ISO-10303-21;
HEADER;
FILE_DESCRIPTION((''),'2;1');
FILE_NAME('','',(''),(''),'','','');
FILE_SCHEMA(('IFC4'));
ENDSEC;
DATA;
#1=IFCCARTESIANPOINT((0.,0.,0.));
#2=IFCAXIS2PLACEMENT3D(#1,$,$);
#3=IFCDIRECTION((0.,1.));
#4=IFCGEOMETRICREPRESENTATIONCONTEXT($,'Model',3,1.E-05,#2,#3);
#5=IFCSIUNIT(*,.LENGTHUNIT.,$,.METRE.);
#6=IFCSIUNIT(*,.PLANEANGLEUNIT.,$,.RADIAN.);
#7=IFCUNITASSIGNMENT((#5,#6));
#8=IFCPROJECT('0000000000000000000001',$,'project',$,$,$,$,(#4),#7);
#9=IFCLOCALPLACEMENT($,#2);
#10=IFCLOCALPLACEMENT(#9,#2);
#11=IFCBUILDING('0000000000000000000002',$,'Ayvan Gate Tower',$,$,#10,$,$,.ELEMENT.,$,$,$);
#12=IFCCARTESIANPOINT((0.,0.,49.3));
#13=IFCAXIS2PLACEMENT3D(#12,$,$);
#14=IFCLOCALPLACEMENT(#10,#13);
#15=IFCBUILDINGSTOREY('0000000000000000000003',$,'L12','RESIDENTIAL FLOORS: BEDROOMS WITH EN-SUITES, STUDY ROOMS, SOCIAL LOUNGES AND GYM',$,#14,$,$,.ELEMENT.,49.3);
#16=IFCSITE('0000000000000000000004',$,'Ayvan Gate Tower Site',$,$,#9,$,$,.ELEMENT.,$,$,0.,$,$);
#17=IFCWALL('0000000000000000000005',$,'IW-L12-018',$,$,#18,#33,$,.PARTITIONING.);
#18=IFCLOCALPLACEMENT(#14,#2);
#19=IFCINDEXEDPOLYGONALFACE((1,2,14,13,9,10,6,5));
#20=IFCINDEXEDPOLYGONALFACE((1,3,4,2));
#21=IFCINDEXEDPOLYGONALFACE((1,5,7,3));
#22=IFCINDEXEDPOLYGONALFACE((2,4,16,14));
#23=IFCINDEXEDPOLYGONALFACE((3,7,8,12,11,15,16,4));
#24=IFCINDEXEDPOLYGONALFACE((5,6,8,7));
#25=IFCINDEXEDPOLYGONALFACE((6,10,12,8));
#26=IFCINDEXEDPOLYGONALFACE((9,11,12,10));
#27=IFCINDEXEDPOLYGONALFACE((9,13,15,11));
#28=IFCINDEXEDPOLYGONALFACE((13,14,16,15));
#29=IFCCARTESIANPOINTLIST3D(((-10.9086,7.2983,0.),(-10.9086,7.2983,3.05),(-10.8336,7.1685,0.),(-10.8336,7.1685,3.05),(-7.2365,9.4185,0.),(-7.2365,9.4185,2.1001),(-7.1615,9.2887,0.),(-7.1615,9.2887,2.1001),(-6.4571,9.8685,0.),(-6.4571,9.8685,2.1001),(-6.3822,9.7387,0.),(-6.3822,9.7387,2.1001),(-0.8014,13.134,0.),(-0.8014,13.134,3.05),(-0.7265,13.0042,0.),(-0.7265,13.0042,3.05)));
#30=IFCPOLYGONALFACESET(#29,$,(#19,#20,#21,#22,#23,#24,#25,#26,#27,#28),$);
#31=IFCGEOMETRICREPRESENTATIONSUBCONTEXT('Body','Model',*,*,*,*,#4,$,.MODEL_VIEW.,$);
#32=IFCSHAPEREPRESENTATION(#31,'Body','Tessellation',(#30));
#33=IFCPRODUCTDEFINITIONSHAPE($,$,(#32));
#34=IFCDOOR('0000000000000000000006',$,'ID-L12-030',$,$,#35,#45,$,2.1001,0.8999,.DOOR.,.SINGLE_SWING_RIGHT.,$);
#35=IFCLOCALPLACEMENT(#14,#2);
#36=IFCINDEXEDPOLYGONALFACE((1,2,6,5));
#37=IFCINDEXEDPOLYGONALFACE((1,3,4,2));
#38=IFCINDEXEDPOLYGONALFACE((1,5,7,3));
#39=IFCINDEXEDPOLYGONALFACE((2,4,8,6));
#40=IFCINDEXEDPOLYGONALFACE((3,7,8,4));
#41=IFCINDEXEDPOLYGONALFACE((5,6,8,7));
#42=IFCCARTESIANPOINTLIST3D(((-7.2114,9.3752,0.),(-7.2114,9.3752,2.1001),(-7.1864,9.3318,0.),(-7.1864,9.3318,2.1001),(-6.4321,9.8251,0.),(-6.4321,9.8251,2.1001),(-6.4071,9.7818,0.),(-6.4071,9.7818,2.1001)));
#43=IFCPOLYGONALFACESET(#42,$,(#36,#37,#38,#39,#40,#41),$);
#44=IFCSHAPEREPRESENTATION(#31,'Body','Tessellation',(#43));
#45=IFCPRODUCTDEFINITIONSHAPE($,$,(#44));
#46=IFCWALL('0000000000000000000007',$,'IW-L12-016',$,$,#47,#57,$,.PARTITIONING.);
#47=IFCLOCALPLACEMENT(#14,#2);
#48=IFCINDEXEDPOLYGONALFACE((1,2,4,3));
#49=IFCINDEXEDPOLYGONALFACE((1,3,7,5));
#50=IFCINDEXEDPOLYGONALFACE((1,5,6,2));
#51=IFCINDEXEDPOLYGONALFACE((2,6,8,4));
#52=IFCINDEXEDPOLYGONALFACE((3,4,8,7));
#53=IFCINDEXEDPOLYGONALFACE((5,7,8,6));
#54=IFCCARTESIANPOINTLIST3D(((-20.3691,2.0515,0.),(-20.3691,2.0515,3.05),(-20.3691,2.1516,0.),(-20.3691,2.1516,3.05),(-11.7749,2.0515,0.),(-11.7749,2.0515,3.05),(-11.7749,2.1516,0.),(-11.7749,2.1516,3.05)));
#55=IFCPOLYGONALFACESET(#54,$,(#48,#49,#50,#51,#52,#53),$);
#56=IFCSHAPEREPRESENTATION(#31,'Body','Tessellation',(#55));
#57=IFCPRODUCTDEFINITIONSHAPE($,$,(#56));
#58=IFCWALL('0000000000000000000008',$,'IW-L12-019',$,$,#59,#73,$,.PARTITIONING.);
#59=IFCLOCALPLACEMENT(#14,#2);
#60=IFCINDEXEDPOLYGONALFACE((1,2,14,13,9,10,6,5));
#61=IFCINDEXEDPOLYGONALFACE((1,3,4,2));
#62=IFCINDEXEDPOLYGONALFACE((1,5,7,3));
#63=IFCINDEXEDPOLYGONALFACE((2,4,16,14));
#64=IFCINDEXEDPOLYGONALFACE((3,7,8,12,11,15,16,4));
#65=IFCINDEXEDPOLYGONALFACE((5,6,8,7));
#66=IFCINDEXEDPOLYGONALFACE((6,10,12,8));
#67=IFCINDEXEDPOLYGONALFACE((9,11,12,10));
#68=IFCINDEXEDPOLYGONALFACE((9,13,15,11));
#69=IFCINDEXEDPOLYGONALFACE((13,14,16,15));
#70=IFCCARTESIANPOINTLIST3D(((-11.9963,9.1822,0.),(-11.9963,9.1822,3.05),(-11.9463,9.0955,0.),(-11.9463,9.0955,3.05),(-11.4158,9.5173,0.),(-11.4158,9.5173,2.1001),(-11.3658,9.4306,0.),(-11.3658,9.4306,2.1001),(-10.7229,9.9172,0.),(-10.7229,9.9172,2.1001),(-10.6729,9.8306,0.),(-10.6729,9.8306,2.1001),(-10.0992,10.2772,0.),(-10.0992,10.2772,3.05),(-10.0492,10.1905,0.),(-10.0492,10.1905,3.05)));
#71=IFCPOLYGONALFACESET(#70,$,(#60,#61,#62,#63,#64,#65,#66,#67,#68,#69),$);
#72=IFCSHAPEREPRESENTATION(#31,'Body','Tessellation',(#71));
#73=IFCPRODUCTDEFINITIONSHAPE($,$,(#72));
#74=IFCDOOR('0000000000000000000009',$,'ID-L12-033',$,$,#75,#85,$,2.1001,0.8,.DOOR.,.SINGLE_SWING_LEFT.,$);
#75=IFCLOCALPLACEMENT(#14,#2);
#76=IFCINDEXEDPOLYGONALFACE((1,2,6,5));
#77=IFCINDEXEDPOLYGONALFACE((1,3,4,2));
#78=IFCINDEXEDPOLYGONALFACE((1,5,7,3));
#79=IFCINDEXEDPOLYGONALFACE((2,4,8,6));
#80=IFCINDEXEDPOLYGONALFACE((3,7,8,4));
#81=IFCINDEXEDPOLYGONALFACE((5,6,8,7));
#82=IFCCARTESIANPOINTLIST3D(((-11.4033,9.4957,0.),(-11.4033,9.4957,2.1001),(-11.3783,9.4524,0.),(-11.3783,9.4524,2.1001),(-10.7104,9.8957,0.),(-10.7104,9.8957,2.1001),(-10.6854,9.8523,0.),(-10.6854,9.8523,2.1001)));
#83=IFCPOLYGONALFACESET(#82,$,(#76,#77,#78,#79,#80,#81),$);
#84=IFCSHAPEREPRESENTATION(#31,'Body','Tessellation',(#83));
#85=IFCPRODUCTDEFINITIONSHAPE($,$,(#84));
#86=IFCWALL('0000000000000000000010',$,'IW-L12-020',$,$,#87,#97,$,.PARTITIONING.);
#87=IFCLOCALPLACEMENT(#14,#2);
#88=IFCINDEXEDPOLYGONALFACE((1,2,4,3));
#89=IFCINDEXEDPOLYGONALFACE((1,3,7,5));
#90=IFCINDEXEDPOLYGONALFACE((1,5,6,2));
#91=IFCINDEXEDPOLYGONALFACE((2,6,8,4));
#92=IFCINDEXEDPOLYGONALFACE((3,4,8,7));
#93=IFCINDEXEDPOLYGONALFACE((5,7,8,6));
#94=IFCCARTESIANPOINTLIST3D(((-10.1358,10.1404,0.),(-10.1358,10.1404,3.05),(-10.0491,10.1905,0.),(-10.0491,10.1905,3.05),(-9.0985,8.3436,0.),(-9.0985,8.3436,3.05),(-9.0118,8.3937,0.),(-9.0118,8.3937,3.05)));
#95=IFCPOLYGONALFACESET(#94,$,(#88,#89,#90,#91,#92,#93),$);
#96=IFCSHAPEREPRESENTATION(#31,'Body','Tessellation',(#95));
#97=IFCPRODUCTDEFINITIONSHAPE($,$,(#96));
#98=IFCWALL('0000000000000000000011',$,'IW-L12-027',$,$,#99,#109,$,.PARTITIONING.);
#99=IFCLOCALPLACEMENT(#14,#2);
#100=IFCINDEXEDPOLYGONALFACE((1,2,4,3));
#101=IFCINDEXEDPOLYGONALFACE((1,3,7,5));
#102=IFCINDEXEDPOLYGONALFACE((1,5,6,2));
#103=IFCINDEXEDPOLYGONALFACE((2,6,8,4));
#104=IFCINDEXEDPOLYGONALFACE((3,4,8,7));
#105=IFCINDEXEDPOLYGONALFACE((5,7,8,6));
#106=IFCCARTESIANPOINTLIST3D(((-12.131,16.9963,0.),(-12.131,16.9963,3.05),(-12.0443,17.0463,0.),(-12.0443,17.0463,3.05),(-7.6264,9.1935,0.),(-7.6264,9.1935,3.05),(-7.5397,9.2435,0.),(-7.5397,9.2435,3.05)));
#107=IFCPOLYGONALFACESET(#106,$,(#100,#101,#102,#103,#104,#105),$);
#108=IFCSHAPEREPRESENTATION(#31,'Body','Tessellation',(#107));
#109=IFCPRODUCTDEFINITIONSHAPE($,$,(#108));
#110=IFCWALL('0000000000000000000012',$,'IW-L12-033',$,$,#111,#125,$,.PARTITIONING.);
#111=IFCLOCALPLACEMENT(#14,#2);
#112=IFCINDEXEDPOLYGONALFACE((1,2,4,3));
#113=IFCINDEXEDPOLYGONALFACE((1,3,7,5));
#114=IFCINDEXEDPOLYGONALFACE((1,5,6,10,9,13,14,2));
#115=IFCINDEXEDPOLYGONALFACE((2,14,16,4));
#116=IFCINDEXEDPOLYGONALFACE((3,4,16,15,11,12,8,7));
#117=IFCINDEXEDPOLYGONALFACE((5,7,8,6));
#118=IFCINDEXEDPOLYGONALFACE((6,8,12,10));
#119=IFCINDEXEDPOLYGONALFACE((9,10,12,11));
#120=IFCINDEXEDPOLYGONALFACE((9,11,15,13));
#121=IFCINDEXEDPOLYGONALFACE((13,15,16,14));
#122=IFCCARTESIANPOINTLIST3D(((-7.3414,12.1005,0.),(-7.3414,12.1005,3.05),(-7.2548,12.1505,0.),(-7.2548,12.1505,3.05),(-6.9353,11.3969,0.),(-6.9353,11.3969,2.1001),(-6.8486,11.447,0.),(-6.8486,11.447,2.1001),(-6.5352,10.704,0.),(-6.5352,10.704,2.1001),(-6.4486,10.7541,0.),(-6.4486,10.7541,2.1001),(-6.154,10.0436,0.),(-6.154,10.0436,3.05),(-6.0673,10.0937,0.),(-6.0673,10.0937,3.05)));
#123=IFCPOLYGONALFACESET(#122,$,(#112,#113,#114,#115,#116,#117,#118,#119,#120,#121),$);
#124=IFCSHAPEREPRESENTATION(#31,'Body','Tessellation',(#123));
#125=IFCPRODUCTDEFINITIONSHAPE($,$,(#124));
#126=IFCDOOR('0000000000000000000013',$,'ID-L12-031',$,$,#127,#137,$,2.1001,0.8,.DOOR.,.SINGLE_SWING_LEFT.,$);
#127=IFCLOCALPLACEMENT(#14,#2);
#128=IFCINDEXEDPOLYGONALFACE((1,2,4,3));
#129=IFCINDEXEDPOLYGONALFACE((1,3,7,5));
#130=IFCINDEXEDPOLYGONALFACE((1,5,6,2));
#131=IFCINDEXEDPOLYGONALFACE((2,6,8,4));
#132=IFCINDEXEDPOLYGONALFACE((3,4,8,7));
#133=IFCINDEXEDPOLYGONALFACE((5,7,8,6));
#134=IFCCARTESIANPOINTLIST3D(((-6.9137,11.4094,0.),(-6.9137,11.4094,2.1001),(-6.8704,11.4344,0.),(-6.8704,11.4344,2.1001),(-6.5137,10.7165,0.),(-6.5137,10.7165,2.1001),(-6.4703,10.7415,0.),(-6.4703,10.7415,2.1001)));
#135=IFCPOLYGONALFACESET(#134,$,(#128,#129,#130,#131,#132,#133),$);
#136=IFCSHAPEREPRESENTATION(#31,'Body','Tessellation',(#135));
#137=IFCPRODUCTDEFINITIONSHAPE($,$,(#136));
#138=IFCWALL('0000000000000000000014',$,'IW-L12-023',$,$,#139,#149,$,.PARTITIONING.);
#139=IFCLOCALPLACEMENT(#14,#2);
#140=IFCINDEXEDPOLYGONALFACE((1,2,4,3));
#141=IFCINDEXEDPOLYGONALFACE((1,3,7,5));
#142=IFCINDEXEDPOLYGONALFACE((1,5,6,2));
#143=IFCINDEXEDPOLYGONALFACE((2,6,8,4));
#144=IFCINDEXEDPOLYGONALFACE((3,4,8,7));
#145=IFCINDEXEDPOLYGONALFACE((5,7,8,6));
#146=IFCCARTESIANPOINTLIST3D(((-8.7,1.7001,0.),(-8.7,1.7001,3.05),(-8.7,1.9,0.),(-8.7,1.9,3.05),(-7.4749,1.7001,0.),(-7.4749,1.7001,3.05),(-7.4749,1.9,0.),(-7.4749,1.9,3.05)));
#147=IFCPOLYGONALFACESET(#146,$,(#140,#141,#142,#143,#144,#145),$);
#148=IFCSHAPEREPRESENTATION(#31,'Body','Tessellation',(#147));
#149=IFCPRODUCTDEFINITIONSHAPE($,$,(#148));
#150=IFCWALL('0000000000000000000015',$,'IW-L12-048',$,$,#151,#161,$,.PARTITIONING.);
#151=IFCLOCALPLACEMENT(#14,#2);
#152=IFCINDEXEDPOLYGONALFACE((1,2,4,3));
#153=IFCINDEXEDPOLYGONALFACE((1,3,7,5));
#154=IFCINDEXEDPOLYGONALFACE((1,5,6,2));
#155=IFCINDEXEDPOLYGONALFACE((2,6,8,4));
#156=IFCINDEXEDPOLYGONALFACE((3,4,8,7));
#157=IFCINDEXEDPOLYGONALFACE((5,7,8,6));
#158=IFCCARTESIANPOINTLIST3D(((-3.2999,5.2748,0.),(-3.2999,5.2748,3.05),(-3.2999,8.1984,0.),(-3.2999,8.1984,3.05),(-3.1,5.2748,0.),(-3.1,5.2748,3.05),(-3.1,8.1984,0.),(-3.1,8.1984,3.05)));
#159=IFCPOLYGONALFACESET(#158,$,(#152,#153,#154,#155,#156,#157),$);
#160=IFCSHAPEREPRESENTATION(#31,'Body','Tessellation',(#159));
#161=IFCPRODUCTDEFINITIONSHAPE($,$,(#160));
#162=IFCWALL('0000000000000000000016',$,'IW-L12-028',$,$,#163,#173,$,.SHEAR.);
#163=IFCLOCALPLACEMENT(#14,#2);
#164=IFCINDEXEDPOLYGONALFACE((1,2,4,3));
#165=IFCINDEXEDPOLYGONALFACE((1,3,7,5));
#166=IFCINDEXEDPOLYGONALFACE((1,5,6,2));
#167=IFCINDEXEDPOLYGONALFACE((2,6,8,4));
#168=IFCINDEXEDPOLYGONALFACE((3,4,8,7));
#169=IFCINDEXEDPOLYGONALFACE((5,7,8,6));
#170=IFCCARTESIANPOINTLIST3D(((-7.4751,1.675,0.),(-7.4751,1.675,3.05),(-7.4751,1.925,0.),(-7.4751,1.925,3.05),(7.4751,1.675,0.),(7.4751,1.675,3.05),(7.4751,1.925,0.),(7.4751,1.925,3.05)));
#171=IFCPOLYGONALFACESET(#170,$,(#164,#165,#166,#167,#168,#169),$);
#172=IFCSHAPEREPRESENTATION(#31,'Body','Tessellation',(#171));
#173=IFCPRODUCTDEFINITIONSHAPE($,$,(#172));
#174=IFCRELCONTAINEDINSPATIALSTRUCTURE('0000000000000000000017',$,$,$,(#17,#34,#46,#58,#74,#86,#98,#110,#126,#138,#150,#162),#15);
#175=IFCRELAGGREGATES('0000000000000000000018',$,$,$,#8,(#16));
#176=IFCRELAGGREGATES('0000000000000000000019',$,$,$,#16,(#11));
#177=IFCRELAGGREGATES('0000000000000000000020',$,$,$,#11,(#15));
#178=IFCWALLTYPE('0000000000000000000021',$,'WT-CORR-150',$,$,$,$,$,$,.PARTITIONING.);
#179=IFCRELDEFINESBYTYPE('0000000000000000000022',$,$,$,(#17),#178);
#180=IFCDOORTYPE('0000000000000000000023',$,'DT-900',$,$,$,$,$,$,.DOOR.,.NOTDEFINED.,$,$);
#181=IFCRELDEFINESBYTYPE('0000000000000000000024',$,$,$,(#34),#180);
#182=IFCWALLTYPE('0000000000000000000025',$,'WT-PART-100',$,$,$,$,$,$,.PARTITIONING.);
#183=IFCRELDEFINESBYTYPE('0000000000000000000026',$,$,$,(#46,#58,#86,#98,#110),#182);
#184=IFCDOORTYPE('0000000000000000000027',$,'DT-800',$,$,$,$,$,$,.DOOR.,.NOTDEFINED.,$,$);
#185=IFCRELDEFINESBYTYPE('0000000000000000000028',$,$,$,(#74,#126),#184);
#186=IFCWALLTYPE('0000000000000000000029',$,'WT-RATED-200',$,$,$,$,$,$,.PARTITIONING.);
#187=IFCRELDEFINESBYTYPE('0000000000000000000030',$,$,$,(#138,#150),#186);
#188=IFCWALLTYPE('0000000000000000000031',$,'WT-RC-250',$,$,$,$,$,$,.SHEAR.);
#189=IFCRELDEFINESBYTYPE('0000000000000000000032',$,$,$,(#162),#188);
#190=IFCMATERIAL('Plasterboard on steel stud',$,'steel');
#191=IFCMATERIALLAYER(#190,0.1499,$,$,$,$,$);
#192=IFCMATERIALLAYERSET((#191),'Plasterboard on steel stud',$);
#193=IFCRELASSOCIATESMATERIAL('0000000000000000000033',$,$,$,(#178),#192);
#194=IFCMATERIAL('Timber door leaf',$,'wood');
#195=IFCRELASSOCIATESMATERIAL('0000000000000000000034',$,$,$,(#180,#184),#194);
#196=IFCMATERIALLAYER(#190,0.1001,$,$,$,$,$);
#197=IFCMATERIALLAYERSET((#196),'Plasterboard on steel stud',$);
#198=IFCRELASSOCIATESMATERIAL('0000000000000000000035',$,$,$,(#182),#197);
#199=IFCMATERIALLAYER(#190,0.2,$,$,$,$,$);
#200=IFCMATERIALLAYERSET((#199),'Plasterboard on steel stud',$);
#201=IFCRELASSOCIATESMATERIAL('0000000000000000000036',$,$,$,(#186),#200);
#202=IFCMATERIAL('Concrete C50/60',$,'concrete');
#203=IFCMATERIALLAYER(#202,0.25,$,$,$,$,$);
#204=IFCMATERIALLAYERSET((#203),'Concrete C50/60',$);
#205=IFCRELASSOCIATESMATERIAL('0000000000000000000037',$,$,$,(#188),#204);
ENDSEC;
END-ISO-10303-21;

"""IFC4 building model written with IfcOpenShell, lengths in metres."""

from ifc_helpers import new_model, si_unit, direction, frame, frame_2d, origin, place, context, subcontext, project, spatial, rectangle, extrude, material, layer, layer_set, type_object, element, fill, save


model = new_model("IFC4")

# Units and contexts
model_context = context("Model", 3, precision=1e-05, world=origin(), true_north=direction((0.0, 1.0)))
body_context = subcontext(model_context, "Body", "Model", "MODEL_VIEW")
ifc_project = project(units=[si_unit("LENGTHUNIT", "METRE"), si_unit("PLANEANGLEUNIT", "RADIAN")], contexts=[model_context])

# Site, building, storey
site_placement = place(None, origin())
site = spatial("IfcSite", under=ifc_project, at=site_placement, Name="Ayvan Gate Tower Site", CompositionType="ELEMENT", RefElevation=0.0)
building_placement = place(site_placement, origin())
building = spatial("IfcBuilding", under=site, at=building_placement, Name="Ayvan Gate Tower", CompositionType="ELEMENT")
storey_placement = place(building_placement, frame((0.0, 0.0, 49.3)))
storey = spatial("IfcBuildingStorey", under=building, at=storey_placement, Name="L12", Description="RESIDENTIAL FLOORS: BEDROOMS WITH EN-SUITES, STUDY ROOMS, SOCIAL LOUNGES AND GYM", CompositionType="ELEMENT", Elevation=49.3)

# Shared definitions
ifc_material_1 = material(Name="Timber door leaf", Category="wood")
ifc_material_2 = material(Name="Plasterboard on steel stud", Category="steel")
ifc_layer_1 = layer(ifc_material_2, 0.1499)
ifc_layer_set_1 = layer_set([ifc_layer_1], Name="Plasterboard on steel stud")
wall_type_1 = type_object("IfcWallType", Name="WT-CORR-150", PredefinedType="PARTITIONING", material=ifc_layer_set_1)

# Wall, opening, door
wall_1_placement = place(storey_placement, frame((-10.8711, 7.2334, 0.0), z_axis=(0.0, 0.0, 1.0), x_axis=(0.866014, 0.50002, 0.0)))
wall_1 = element("IfcWall", 1, at=wall_1_placement, inside=storey, type_object=wall_type_1, Name="IW-L12-018", PredefinedType="PARTITIONING", context=body_context, shape_type="SweptSolid", body=[
    extrude(rectangle(XDim=11.6709, YDim=0.1499, at=frame_2d((5.8354, 0.0))), origin(), (0.0, 0.0, 1.0), 3.05),
])
opening_1_placement = place(wall_1_placement, frame((4.2402, 0.0, 0.0)))
opening_1 = element("IfcOpeningElement", 2, at=opening_1_placement, cuts=wall_1, PredefinedType="OPENING", context=body_context, shape_type="SweptSolid", body=[
    extrude(rectangle(XDim=0.8999, YDim=2.1001, at=frame_2d((0.45, 1.05))), frame((0.0, 0.085, 0.0), z_axis=(0.0, -1.0, 0.0), x_axis=(1.0, 0.0, 0.0)), (0.0, 0.0, 1.0), 0.1699),
])
door_type_1 = type_object("IfcDoorType", Name="DT-900", OperationType="NOTDEFINED", PredefinedType="DOOR", material=ifc_material_1)
door_1_placement = place(opening_1_placement, origin())
door_1 = element("IfcDoor", 3, at=door_1_placement, inside=storey, type_object=door_type_1, Name="ID-L12-030", OperationType="SINGLE_SWING_RIGHT", OverallHeight=2.1001, OverallWidth=0.8999, PredefinedType="DOOR", context=body_context, shape_type="SweptSolid", body=[
    extrude(rectangle(XDim=0.8999, YDim=2.1001, at=frame_2d((0.45, 1.05))), frame((0.0, 0.0249, 0.0), z_axis=(0.0, -1.0, 0.0), x_axis=(1.0, 0.0, 0.0)), (0.0, 0.0, 1.0), 0.05),
])
fill(opening_1, door_1)

# Wall
ifc_layer_2 = layer(ifc_material_2, 0.1001)
ifc_layer_set_2 = layer_set([ifc_layer_2], Name="Plasterboard on steel stud")
wall_type_2 = type_object("IfcWallType", Name="WT-PART-100", PredefinedType="PARTITIONING", material=ifc_layer_set_2)
wall_2_placement = place(storey_placement, frame((-11.7749, 2.1016, 0.0), z_axis=(0.0, 0.0, 1.0), x_axis=(-1.0, 0.0, 0.0)))
element("IfcWall", 4, at=wall_2_placement, inside=storey, type_object=wall_type_2, Name="IW-L12-016", PredefinedType="PARTITIONING", context=body_context, shape_type="SweptSolid", body=[
    extrude(rectangle(XDim=8.5942, YDim=0.1001, at=frame_2d((4.2971, 0.0))), origin(), (0.0, 0.0, 1.0), 3.05),
])

# Wall, opening, door
wall_3_placement = place(storey_placement, frame((-10.0742, 10.2339, 0.0), z_axis=(0.0, 0.0, 1.0), x_axis=(-0.866074, -0.499915, 0.0)))
wall_3 = element("IfcWall", 5, at=wall_3_placement, inside=storey, type_object=wall_type_2, Name="IW-L12-019", PredefinedType="PARTITIONING", context=body_context, shape_type="SweptSolid", body=[
    extrude(rectangle(XDim=2.1904, YDim=0.1001, at=frame_2d((1.0952, 0.0))), origin(), (0.0, 0.0, 1.0), 3.05),
])
opening_2_placement = place(wall_3_placement, frame((0.7202, 0.0, 0.0)))
opening_2 = element("IfcOpeningElement", 6, at=opening_2_placement, cuts=wall_3, PredefinedType="OPENING", context=body_context, shape_type="SweptSolid", body=[
    extrude(rectangle(XDim=0.8, YDim=2.1001, at=frame_2d((0.3999, 1.05))), frame((0.0, 0.0601, 0.0), z_axis=(0.0, -1.0, 0.0), x_axis=(1.0, 0.0, 0.0)), (0.0, 0.0, 1.0), 0.1201),
])
door_type_2 = type_object("IfcDoorType", Name="DT-800", OperationType="NOTDEFINED", PredefinedType="DOOR", material=ifc_material_1)
door_2_placement = place(opening_2_placement, origin())
door_2 = element("IfcDoor", 7, at=door_2_placement, inside=storey, type_object=door_type_2, Name="ID-L12-033", OperationType="SINGLE_SWING_LEFT", OverallHeight=2.1001, OverallWidth=0.8, PredefinedType="DOOR", context=body_context, shape_type="SweptSolid", body=[
    extrude(rectangle(XDim=0.8, YDim=2.1001, at=frame_2d((0.3999, 1.05))), frame((0.0, 0.0249, 0.0), z_axis=(0.0, -1.0, 0.0), x_axis=(1.0, 0.0, 0.0)), (0.0, 0.0, 1.0), 0.05),
])
fill(opening_2, door_2)

# Walls
wall_4_placement = place(storey_placement, frame((-9.0552, 8.3687, 0.0), z_axis=(0.0, 0.0, 1.0), x_axis=(-0.499974, 0.866041, 0.0)))
element("IfcWall", 8, at=wall_4_placement, inside=storey, type_object=wall_type_2, Name="IW-L12-020", PredefinedType="PARTITIONING", context=body_context, shape_type="SweptSolid", body=[
    extrude(rectangle(XDim=2.0747, YDim=0.1001, at=frame_2d((1.0374, 0.0))), origin(), (0.0, 0.0, 1.0), 3.05),
])
wall_5_placement = place(storey_placement, frame((-7.583, 9.2185, 0.0), z_axis=(0.0, 0.0, 1.0), x_axis=(-0.499977, 0.866038, 0.0)))
element("IfcWall", 9, at=wall_5_placement, inside=storey, type_object=wall_type_2, Name="IW-L12-027", PredefinedType="PARTITIONING", context=body_context, shape_type="SweptSolid", body=[
    extrude(rectangle(XDim=9.0098, YDim=0.1001, at=frame_2d((4.5049, 0.0))), origin(), (0.0, 0.0, 1.0), 3.05),
])

# Wall, opening, door
wall_6_placement = place(storey_placement, frame((-7.2981, 12.1255, 0.0), z_axis=(0.0, 0.0, 1.0), x_axis=(0.499986, -0.866033, 0.0)))
wall_6 = element("IfcWall", 10, at=wall_6_placement, inside=storey, type_object=wall_type_2, Name="IW-L12-033", PredefinedType="PARTITIONING", context=body_context, shape_type="SweptSolid", body=[
    extrude(rectangle(XDim=2.375, YDim=0.1001, at=frame_2d((1.1875, 0.0))), origin(), (0.0, 0.0, 1.0), 3.05),
])
opening_3_placement = place(wall_6_placement, frame((0.8125, 0.0, 0.0)))
opening_3 = element("IfcOpeningElement", 11, at=opening_3_placement, cuts=wall_6, PredefinedType="OPENING", context=body_context, shape_type="SweptSolid", body=[
    extrude(rectangle(XDim=0.8, YDim=2.1001, at=frame_2d((0.3999, 1.05))), frame((0.0, 0.0601, 0.0), z_axis=(0.0, -1.0, 0.0), x_axis=(1.0, 0.0, 0.0)), (0.0, 0.0, 1.0), 0.1201),
])
door_3_placement = place(opening_3_placement, origin())
door_3 = element("IfcDoor", 12, at=door_3_placement, inside=storey, type_object=door_type_2, Name="ID-L12-031", OperationType="SINGLE_SWING_LEFT", OverallHeight=2.1001, OverallWidth=0.8, PredefinedType="DOOR", context=body_context, shape_type="SweptSolid", body=[
    extrude(rectangle(XDim=0.8, YDim=2.1001, at=frame_2d((0.3999, 1.05))), frame((0.0, 0.0249, 0.0), z_axis=(0.0, -1.0, 0.0), x_axis=(1.0, 0.0, 0.0)), (0.0, 0.0, 1.0), 0.05),
])
fill(opening_3, door_3)

# Walls
ifc_layer_3 = layer(ifc_material_2, 0.2)
ifc_layer_set_3 = layer_set([ifc_layer_3], Name="Plasterboard on steel stud")
wall_type_3 = type_object("IfcWallType", Name="WT-RATED-200", PredefinedType="PARTITIONING", material=ifc_layer_set_3)
wall_7_placement = place(storey_placement, frame((-8.7, 1.8, 0.0), z_axis=(0.0, 0.0, 1.0), x_axis=(1.0, 0.0, 0.0)))
element("IfcWall", 13, at=wall_7_placement, inside=storey, type_object=wall_type_3, Name="IW-L12-023", PredefinedType="PARTITIONING", context=body_context, shape_type="SweptSolid", body=[
    extrude(rectangle(XDim=1.2251, YDim=0.2, at=frame_2d((0.6125, 0.0))), origin(), (0.0, 0.0, 1.0), 3.05),
])
wall_8_placement = place(storey_placement, frame((-3.2, 8.1985, 0.0), z_axis=(0.0, 0.0, 1.0), x_axis=(0.0, -1.0, 0.0)))
element("IfcWall", 14, at=wall_8_placement, inside=storey, type_object=wall_type_3, Name="IW-L12-048", PredefinedType="PARTITIONING", context=body_context, shape_type="SweptSolid", body=[
    extrude(rectangle(XDim=2.9236, YDim=0.2, at=frame_2d((1.4619, 0.0))), origin(), (0.0, 0.0, 1.0), 3.05),
])
ifc_material_3 = material(Name="Concrete C50/60", Category="concrete")
ifc_layer_4 = layer(ifc_material_3, 0.25)
ifc_layer_set_4 = layer_set([ifc_layer_4], Name="Concrete C50/60")
wall_type_4 = type_object("IfcWallType", Name="WT-RC-250", PredefinedType="SHEAR", material=ifc_layer_set_4)
wall_9_placement = place(storey_placement, frame((-7.4751, 1.8, 0.0), z_axis=(0.0, 0.0, 1.0), x_axis=(1.0, 0.0, 0.0)))
element("IfcWall", 15, at=wall_9_placement, inside=storey, type_object=wall_type_4, Name="IW-L12-028", PredefinedType="SHEAR", context=body_context, shape_type="SweptSolid", body=[
    extrude(rectangle(XDim=14.9502, YDim=0.25, at=frame_2d((7.4751, 0.0))), origin(), (0.0, 0.0, 1.0), 3.05),
])

save(model, "model.ifc")
